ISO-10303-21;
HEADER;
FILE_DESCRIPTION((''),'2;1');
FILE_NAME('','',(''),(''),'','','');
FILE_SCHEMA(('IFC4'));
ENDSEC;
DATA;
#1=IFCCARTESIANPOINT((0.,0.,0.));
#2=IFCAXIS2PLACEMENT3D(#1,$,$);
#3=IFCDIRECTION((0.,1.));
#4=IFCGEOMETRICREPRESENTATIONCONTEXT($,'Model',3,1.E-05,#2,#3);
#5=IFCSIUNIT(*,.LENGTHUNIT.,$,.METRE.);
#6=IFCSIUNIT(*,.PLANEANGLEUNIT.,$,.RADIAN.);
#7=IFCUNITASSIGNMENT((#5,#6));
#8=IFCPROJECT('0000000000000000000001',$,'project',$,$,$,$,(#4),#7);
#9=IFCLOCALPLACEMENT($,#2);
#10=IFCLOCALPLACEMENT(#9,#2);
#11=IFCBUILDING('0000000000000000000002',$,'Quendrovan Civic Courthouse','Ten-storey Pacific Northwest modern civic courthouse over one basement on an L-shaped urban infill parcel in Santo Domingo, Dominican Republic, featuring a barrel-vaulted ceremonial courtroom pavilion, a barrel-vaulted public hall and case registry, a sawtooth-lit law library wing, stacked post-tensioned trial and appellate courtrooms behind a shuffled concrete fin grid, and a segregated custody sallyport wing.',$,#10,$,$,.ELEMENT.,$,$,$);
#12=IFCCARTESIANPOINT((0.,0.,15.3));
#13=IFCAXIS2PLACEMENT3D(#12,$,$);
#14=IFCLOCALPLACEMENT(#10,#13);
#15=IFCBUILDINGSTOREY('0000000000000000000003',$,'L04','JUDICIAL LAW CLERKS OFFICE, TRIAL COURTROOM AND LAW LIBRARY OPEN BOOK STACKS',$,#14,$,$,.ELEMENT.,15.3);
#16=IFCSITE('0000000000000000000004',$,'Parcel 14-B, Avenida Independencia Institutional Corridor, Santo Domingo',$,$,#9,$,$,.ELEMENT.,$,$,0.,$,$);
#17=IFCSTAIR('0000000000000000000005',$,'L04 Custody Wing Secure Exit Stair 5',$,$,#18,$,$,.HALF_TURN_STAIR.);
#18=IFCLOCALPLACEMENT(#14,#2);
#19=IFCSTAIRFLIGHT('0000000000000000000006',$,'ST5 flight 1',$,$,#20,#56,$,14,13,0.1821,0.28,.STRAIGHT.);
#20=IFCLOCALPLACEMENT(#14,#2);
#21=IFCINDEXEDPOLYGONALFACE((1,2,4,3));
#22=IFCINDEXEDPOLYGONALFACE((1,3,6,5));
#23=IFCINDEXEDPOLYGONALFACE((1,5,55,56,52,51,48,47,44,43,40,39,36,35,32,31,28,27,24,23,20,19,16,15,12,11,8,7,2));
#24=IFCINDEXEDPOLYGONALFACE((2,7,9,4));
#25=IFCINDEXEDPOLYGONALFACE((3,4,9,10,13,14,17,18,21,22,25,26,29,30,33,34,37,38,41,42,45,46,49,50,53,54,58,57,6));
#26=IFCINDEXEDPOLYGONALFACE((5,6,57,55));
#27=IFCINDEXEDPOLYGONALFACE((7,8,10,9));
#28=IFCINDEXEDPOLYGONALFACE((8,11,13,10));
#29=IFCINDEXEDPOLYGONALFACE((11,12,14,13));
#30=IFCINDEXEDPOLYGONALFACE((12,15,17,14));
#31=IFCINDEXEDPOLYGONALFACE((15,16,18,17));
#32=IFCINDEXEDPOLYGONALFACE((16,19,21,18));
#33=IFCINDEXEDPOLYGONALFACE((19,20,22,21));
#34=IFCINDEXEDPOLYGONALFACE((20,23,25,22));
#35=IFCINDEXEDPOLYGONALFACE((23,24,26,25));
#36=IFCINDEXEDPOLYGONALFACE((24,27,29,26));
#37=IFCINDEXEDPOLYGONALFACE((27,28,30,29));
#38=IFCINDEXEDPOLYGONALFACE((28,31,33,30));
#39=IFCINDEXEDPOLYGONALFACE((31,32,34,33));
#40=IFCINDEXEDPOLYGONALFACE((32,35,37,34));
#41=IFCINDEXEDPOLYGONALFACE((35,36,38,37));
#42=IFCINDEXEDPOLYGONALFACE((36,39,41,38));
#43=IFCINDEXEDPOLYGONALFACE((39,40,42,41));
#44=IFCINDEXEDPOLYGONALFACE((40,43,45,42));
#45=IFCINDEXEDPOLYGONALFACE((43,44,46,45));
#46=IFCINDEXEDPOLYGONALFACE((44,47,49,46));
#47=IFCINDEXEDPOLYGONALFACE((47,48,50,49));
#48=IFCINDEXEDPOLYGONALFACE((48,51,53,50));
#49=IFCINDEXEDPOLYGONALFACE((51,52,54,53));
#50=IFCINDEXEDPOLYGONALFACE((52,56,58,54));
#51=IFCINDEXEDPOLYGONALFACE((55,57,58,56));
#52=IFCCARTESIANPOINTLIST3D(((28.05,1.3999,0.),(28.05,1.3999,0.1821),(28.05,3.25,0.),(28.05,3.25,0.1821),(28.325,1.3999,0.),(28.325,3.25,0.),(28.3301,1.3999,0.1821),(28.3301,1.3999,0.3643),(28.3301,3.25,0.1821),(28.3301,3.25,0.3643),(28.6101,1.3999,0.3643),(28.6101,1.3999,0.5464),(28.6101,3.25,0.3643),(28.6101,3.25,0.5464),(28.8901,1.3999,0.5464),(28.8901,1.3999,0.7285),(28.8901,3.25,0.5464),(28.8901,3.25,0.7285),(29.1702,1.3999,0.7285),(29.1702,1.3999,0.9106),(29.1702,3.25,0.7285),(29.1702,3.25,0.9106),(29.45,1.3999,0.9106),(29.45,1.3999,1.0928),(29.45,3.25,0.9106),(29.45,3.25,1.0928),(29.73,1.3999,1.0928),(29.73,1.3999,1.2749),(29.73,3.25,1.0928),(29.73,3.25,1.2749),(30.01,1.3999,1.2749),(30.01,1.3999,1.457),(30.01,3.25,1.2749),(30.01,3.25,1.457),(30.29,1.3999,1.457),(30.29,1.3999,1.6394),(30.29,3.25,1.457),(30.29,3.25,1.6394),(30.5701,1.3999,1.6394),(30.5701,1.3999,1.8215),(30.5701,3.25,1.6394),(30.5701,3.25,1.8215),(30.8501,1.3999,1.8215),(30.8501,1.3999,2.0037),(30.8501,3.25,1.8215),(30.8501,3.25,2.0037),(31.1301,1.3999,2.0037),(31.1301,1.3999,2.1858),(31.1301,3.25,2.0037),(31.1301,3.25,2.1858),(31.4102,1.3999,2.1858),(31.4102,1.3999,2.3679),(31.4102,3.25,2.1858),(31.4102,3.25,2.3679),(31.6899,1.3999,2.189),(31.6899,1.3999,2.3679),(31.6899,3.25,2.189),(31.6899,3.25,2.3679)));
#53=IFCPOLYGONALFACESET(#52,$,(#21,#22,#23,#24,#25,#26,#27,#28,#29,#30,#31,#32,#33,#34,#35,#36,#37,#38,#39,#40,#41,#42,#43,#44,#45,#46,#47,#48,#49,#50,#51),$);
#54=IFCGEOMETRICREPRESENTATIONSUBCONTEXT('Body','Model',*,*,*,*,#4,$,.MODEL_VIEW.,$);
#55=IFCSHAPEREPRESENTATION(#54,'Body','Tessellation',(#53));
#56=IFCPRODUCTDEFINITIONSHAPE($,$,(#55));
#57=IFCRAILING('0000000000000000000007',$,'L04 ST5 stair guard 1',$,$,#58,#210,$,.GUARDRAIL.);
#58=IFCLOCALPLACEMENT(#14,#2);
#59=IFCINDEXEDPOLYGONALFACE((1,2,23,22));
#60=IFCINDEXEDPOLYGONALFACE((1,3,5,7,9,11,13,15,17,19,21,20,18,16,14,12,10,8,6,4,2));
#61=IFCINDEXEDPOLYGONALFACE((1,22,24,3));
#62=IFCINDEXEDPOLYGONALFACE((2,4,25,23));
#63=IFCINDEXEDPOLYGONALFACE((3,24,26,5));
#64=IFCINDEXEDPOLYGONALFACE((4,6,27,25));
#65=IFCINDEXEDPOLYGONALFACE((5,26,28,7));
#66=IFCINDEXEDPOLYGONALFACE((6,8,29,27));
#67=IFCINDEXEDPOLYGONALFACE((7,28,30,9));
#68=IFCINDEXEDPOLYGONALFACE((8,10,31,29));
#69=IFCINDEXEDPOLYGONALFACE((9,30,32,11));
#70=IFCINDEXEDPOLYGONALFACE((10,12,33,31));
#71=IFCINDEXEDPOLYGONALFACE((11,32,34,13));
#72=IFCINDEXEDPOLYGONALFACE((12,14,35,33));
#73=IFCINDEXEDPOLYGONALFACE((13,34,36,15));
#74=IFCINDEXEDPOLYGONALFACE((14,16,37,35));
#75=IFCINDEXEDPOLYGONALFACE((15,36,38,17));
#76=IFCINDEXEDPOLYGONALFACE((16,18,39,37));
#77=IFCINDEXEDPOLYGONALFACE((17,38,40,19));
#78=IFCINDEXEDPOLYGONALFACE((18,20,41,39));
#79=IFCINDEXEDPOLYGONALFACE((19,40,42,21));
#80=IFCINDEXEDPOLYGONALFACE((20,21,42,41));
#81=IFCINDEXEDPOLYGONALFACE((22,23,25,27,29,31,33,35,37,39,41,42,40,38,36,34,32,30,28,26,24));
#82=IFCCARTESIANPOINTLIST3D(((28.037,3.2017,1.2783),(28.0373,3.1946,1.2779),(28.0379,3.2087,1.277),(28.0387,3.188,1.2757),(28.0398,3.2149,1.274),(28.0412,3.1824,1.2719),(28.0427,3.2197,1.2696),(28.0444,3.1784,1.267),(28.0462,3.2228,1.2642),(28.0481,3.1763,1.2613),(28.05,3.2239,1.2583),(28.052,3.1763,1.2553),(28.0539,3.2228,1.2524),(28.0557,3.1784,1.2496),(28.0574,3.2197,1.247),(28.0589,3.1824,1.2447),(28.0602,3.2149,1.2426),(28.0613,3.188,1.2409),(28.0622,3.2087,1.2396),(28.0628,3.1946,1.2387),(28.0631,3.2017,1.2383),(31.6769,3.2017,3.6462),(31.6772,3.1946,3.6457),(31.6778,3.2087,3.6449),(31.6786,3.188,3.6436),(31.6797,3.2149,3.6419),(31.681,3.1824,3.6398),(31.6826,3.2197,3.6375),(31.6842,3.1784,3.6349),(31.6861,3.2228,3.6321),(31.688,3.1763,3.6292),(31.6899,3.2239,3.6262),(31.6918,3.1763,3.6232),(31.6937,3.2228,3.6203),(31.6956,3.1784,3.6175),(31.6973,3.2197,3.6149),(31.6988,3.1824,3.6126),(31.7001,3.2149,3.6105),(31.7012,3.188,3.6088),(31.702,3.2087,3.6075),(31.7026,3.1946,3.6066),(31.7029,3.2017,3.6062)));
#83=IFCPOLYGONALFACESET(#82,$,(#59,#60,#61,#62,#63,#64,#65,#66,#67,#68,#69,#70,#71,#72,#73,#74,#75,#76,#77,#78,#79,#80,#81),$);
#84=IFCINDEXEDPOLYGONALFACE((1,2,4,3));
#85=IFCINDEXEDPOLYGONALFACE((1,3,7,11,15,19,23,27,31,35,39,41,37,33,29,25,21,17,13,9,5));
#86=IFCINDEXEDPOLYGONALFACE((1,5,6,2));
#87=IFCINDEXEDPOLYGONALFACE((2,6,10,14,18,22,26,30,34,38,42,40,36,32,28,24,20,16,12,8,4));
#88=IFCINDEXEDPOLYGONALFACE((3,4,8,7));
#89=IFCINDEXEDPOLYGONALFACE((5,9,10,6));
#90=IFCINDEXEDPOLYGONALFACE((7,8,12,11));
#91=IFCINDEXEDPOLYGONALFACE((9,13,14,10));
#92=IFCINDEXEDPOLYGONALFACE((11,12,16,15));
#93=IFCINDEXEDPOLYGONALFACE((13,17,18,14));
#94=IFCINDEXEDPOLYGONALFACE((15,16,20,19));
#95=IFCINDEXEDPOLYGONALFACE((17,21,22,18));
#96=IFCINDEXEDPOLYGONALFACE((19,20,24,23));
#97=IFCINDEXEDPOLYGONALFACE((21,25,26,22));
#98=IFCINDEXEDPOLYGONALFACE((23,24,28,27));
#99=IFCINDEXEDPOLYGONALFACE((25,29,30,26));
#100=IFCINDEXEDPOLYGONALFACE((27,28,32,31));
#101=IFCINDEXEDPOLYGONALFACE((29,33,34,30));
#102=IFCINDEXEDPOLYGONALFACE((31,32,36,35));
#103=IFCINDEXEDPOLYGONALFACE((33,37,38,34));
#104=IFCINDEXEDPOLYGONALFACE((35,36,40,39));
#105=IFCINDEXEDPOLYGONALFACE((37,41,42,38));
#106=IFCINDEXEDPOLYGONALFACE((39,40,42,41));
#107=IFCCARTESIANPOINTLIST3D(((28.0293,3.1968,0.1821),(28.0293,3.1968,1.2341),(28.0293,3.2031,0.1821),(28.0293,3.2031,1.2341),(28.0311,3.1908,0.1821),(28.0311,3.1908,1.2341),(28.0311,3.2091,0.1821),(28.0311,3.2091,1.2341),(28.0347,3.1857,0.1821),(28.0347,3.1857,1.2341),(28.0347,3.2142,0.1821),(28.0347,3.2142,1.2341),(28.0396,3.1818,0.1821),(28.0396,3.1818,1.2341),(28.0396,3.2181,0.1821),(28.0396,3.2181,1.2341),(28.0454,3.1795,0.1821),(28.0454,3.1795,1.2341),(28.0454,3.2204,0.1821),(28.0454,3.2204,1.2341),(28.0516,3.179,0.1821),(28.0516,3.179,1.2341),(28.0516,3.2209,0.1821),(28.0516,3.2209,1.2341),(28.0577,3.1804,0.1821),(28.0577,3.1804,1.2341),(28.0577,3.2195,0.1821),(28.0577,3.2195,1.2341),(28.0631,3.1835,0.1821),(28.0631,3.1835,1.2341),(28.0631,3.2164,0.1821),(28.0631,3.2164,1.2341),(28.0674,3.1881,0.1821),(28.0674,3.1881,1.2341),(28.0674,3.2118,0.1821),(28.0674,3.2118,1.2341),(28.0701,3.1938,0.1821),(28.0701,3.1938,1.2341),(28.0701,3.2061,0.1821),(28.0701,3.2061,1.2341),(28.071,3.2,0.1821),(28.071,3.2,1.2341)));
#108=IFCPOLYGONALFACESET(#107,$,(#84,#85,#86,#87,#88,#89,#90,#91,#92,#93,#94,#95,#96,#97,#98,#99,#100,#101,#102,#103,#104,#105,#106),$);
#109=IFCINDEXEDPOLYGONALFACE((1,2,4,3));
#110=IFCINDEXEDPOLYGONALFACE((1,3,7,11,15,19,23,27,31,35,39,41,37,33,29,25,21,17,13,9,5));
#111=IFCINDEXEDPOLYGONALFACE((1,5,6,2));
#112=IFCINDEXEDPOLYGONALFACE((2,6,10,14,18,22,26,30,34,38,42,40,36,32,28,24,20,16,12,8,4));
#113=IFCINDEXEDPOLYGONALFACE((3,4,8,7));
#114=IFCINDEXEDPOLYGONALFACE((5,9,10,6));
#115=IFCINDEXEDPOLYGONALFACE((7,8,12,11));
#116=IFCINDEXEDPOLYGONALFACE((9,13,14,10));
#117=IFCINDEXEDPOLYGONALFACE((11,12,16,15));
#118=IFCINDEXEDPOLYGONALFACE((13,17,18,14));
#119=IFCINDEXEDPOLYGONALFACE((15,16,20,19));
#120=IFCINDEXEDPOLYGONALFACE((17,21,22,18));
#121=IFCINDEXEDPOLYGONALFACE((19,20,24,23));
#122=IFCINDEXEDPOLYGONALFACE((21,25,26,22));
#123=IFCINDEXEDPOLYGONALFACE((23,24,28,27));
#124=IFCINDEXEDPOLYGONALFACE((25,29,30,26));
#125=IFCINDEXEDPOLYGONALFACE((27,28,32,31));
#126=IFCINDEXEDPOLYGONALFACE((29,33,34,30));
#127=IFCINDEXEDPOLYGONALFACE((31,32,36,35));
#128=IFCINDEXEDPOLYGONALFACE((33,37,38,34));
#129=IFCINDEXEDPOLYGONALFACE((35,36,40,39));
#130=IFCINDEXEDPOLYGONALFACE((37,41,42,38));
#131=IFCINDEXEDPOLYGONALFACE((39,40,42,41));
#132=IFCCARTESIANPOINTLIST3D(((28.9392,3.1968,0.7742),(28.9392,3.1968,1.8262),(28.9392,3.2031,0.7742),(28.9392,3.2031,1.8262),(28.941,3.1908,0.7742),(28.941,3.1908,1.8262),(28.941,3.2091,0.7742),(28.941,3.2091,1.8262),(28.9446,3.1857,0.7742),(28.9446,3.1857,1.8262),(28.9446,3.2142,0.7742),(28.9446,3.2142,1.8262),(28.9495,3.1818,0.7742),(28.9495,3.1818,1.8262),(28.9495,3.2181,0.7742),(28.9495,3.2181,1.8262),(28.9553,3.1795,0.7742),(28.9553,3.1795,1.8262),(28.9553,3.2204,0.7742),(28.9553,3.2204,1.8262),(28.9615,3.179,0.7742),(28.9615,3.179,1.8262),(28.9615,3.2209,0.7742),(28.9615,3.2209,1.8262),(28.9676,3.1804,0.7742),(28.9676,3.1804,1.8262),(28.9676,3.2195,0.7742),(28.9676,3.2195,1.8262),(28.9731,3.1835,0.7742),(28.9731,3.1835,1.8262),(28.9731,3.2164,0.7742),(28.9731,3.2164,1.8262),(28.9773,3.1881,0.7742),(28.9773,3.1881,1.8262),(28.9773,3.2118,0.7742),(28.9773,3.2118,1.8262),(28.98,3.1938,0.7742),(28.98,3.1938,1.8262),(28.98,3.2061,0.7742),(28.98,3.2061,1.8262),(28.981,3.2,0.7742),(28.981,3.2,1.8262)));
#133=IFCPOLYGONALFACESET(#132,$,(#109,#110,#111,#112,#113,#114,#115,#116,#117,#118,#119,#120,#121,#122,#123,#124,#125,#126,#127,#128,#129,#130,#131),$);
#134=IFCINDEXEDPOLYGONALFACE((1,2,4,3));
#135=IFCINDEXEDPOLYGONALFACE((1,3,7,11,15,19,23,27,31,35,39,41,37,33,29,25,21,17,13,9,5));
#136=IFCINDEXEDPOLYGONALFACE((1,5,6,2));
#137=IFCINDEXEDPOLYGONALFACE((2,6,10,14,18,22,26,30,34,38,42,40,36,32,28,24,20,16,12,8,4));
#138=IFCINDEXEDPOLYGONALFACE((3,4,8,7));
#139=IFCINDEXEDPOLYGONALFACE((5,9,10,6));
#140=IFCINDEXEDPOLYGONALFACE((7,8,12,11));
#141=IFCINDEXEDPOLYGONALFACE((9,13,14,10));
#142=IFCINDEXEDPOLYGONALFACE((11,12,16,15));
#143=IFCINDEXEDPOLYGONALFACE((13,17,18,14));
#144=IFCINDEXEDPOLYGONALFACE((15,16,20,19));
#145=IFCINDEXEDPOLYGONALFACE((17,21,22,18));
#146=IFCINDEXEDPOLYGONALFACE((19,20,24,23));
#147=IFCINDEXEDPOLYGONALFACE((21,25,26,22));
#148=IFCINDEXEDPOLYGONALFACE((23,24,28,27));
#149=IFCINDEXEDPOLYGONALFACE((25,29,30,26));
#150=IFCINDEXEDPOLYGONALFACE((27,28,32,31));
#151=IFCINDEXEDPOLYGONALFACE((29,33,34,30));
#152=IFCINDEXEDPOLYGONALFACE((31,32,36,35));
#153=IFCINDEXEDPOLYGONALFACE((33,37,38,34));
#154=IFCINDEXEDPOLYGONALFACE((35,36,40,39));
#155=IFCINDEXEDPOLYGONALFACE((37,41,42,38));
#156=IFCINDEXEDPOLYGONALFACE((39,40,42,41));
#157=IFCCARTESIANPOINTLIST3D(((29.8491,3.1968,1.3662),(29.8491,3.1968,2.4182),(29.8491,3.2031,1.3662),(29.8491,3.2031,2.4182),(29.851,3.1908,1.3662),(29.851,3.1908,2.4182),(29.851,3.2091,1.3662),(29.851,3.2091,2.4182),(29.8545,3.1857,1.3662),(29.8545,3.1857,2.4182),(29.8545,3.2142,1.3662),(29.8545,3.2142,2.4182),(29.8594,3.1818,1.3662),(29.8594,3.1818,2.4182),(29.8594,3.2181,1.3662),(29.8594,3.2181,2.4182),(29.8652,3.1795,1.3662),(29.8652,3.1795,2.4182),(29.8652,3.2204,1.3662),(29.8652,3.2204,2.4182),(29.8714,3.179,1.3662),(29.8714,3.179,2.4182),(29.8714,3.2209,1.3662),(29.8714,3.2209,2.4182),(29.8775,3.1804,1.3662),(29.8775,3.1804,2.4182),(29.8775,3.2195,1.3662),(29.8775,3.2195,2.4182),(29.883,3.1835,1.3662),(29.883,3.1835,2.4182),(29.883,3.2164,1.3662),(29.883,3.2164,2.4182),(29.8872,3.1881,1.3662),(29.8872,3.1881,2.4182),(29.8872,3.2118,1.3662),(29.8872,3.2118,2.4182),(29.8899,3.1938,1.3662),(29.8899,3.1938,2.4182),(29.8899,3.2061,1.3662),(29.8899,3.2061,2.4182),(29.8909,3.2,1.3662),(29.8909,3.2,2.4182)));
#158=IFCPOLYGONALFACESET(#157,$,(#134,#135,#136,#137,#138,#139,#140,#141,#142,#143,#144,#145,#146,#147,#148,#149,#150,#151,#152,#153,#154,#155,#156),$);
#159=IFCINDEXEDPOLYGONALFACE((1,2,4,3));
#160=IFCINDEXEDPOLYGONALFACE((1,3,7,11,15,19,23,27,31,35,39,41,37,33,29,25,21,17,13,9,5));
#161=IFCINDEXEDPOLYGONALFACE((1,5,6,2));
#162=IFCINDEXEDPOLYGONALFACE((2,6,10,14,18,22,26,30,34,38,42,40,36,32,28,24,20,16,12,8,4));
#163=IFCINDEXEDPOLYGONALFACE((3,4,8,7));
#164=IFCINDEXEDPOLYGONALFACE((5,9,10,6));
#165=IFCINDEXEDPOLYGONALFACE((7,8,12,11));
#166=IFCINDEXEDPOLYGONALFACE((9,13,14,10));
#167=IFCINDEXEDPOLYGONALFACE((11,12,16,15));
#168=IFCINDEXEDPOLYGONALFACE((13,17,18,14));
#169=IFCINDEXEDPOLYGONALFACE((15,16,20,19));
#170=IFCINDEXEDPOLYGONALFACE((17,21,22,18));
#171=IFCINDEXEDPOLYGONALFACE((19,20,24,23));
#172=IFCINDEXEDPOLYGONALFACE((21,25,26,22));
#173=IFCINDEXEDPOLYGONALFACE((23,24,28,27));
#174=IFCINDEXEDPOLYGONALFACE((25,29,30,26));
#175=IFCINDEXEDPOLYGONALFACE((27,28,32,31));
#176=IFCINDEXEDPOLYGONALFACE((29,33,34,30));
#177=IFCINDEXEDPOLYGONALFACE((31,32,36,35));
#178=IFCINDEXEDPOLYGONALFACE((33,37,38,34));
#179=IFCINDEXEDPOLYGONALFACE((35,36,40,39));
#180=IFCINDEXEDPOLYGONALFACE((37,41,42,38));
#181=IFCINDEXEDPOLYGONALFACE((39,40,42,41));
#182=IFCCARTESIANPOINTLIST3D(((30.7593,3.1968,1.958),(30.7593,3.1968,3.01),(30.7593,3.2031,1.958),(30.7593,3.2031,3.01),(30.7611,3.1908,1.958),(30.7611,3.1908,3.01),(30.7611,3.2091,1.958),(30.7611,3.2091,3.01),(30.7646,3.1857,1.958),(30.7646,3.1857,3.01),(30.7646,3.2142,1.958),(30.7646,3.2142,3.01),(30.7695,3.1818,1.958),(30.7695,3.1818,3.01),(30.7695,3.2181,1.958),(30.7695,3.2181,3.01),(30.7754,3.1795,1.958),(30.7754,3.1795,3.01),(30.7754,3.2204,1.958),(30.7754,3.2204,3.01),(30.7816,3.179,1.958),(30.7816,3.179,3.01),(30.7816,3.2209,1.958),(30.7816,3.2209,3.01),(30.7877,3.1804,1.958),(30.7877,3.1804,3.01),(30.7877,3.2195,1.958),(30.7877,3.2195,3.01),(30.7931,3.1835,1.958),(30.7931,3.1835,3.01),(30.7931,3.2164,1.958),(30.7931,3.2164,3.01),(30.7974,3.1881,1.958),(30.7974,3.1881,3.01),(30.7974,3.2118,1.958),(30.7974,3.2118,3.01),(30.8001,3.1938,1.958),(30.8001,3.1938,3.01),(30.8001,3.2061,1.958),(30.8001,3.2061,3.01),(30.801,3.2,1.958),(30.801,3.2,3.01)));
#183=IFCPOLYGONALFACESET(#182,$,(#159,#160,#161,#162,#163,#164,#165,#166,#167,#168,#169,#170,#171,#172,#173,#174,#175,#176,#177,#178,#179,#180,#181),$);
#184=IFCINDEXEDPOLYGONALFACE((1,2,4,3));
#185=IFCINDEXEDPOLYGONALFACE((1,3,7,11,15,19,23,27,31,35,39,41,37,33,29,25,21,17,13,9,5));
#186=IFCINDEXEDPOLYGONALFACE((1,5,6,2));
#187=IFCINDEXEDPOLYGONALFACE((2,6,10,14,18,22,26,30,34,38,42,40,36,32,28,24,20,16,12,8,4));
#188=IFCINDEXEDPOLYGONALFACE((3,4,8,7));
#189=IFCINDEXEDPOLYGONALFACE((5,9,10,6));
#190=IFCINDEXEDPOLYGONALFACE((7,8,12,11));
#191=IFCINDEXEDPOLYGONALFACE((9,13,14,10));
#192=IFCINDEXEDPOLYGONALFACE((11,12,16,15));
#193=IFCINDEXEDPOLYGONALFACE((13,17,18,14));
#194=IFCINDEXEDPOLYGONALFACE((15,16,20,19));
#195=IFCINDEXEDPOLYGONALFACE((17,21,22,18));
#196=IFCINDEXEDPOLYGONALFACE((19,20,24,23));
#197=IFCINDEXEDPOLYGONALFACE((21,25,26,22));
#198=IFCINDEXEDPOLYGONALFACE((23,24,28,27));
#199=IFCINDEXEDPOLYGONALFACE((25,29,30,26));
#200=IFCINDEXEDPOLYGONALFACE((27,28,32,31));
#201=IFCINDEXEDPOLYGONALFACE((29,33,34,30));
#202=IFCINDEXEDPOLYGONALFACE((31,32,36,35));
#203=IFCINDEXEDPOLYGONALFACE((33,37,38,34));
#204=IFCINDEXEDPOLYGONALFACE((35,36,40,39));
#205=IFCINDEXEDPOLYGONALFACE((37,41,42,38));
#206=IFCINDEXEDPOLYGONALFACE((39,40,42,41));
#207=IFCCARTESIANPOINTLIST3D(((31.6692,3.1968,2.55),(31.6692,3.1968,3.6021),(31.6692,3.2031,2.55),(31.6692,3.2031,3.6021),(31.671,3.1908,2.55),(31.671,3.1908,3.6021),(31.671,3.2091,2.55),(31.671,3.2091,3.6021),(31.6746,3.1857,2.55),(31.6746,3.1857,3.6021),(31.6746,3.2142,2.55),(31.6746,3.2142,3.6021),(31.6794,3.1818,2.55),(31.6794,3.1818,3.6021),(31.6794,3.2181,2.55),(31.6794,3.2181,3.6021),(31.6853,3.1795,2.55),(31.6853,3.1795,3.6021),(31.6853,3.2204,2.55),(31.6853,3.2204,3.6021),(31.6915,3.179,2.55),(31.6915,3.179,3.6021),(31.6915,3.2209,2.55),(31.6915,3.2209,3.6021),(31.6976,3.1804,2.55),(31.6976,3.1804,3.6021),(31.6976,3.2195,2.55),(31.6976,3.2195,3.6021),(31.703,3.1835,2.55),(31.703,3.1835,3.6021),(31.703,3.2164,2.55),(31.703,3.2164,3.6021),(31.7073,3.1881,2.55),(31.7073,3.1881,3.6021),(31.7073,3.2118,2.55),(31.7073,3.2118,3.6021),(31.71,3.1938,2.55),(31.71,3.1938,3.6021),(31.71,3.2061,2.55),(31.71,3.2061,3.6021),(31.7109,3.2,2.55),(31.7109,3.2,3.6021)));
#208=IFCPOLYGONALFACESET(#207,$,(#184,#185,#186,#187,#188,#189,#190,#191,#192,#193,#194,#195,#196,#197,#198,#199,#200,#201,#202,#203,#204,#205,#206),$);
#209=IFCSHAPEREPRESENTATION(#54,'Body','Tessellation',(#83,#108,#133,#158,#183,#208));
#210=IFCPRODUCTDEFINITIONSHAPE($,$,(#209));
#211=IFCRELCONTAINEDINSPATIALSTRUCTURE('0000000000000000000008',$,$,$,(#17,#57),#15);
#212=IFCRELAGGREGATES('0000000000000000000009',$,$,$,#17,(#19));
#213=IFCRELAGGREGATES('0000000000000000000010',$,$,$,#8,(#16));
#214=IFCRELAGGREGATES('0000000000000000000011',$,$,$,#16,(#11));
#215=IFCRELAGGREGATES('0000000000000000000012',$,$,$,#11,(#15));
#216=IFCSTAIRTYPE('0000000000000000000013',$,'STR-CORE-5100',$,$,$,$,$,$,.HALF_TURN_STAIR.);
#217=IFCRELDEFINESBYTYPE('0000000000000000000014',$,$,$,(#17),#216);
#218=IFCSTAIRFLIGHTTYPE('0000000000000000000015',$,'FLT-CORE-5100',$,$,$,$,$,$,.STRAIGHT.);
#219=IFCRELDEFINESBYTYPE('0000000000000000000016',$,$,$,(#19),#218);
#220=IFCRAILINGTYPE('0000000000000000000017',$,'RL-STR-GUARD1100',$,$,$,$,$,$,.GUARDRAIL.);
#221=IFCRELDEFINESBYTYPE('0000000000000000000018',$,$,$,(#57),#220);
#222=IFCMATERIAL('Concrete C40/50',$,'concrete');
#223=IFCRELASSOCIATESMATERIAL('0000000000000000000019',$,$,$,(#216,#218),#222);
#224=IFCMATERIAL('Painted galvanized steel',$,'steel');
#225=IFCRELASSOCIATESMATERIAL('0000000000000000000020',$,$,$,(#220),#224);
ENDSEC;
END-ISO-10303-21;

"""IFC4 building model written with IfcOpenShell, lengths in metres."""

from ifc_helpers import new_model, si_unit, direction, frame, origin, origin_2d, place, context, subcontext, project, spatial, polyline, circle, outline, extrude, material, type_object, element, aggregate, save


model = new_model("IFC4")

# Units and contexts
model_context = context("Model", 3, precision=1e-05, world=origin(), true_north=direction((0.0, 1.0)))
body_context = subcontext(model_context, "Body", "Model", "MODEL_VIEW")
ifc_project = project(units=[si_unit("LENGTHUNIT", "METRE"), si_unit("PLANEANGLEUNIT", "RADIAN")], contexts=[model_context])

# Site, building, storey
site_placement = place(None, origin())
site = spatial("IfcSite", under=ifc_project, at=site_placement, Name="Parcel 14-B, Avenida Independencia Institutional Corridor, Santo Domingo", CompositionType="ELEMENT", RefElevation=0.0)
building_placement = place(site_placement, origin())
building = spatial("IfcBuilding", under=site, at=building_placement, Name="Quendrovan Civic Courthouse", Description="Ten-storey Pacific Northwest modern civic courthouse over one basement on an L-shaped urban infill parcel in Santo Domingo, Dominican Republic, featuring a barrel-vaulted ceremonial courtroom pavilion, a barrel-vaulted public hall and case registry, a sawtooth-lit law library wing, stacked post-tensioned trial and appellate courtrooms behind a shuffled concrete fin grid, and a segregated custody sallyport wing.", CompositionType="ELEMENT")
storey_placement = place(building_placement, frame((0.0, 0.0, 15.3)))
storey = spatial("IfcBuildingStorey", under=building, at=storey_placement, Name="L04", Description="JUDICIAL LAW CLERKS OFFICE, TRIAL COURTROOM AND LAW LIBRARY OPEN BOOK STACKS", CompositionType="ELEMENT", Elevation=15.3)

# Shared definitions
ifc_material_1 = material(Name="Concrete C40/50", Category="concrete")

# Stair, stair flight
stair_type = type_object("IfcStairType", Name="STR-CORE-5100", PredefinedType="HALF_TURN_STAIR", material=ifc_material_1)
stair_placement = place(storey_placement, origin())
stair = element("IfcStair", 1, at=stair_placement, inside=storey, type_object=stair_type, Name="L04 Custody Wing Secure Exit Stair 5", PredefinedType="HALF_TURN_STAIR")
stair_flight_type = type_object("IfcStairFlightType", Name="FLT-CORE-5100", PredefinedType="STRAIGHT", material=ifc_material_1)
stair_flight_placement = place(storey_placement, frame((28.05, 2.325, 0.0), z_axis=(0.0, 0.0, 1.0), x_axis=(1.0, 0.0, 0.0)))
stair_flight = element("IfcStairFlight", 2, at=stair_flight_placement, type_object=stair_flight_type, Name="ST5 flight 1", NumberOfRisers=14, NumberOfTreads=13, PredefinedType="STRAIGHT", RiserHeight=0.1821, TreadLength=0.28, context=body_context, shape_type="SweptSolid", body=[
    extrude(outline(polyline([(0.0, 0.0), (0.0, 0.1821), (0.28, 0.1821), (0.28, 0.3643), (0.5601, 0.3643), (0.5601, 0.5464), (0.8401, 0.5464), (0.8401, 0.7285), (1.1201, 0.7285), (1.1201, 0.9106), (1.3999, 0.9106), (1.3999, 1.0928), (1.6799, 1.0928), (1.6799, 1.2749), (1.96, 1.2749), (1.96, 1.457), (2.24, 1.457), (2.24, 1.6394), (2.52, 1.6394), (2.52, 1.8215), (2.8, 1.8215), (2.8, 2.0037), (3.0801, 2.0037), (3.0801, 2.1858), (3.3601, 2.1858), (3.3601, 2.3679), (3.6399, 2.3679), (3.6399, 2.55), (3.6399, 2.189), (0.2749, 0.0), (0.0, 0.0)])), frame((0.0, 0.925, 0.0), z_axis=(0.0, -1.0, 0.0), x_axis=(1.0, 0.0, 0.0)), (0.0, 0.0, 1.0), 1.8501),
])
aggregate(stair, [stair_flight])

# Railing
ifc_material_2 = material(Name="Painted galvanized steel", Category="steel")
railing_type_1 = type_object("IfcRailingType", Name="RL-STR-GUARD1100", PredefinedType="GUARDRAIL", material=ifc_material_2)
railing_1_placement = place(storey_placement, frame((28.05, 3.2, 0.1821)))
element("IfcRailing", 3, at=railing_1_placement, inside=storey, type_object=railing_type_1, Name="L04 ST5 stair guard 1", PredefinedType="GUARDRAIL", context=body_context, shape_type="SweptSolid", body=[
    extrude(circle(Radius=0.0239, at=origin_2d()), frame((0.0, 0.0, 1.0762), z_axis=(0.838234, 0.0, 0.54531), x_axis=(0.0, 1.0, 0.0)), (0.0, 0.0, 1.0), 4.3423),
    extrude(circle(Radius=0.021, at=origin_2d()), origin(), (0.0, 0.0, 1.0), 1.052),
    extrude(circle(Radius=0.021, at=origin_2d()), frame((0.9099, 0.0, 0.592)), (0.0, 0.0, 1.0), 1.052),
    extrude(circle(Radius=0.021, at=origin_2d()), frame((1.8198, 0.0, 1.1841)), (0.0, 0.0, 1.0), 1.052),
    extrude(circle(Radius=0.021, at=origin_2d()), frame((2.73, 0.0, 1.7759)), (0.0, 0.0, 1.0), 1.052),
    extrude(circle(Radius=0.021, at=origin_2d()), frame((3.6399, 0.0, 2.3679)), (0.0, 0.0, 1.0), 1.052),
])

save(model, "model.ifc")
